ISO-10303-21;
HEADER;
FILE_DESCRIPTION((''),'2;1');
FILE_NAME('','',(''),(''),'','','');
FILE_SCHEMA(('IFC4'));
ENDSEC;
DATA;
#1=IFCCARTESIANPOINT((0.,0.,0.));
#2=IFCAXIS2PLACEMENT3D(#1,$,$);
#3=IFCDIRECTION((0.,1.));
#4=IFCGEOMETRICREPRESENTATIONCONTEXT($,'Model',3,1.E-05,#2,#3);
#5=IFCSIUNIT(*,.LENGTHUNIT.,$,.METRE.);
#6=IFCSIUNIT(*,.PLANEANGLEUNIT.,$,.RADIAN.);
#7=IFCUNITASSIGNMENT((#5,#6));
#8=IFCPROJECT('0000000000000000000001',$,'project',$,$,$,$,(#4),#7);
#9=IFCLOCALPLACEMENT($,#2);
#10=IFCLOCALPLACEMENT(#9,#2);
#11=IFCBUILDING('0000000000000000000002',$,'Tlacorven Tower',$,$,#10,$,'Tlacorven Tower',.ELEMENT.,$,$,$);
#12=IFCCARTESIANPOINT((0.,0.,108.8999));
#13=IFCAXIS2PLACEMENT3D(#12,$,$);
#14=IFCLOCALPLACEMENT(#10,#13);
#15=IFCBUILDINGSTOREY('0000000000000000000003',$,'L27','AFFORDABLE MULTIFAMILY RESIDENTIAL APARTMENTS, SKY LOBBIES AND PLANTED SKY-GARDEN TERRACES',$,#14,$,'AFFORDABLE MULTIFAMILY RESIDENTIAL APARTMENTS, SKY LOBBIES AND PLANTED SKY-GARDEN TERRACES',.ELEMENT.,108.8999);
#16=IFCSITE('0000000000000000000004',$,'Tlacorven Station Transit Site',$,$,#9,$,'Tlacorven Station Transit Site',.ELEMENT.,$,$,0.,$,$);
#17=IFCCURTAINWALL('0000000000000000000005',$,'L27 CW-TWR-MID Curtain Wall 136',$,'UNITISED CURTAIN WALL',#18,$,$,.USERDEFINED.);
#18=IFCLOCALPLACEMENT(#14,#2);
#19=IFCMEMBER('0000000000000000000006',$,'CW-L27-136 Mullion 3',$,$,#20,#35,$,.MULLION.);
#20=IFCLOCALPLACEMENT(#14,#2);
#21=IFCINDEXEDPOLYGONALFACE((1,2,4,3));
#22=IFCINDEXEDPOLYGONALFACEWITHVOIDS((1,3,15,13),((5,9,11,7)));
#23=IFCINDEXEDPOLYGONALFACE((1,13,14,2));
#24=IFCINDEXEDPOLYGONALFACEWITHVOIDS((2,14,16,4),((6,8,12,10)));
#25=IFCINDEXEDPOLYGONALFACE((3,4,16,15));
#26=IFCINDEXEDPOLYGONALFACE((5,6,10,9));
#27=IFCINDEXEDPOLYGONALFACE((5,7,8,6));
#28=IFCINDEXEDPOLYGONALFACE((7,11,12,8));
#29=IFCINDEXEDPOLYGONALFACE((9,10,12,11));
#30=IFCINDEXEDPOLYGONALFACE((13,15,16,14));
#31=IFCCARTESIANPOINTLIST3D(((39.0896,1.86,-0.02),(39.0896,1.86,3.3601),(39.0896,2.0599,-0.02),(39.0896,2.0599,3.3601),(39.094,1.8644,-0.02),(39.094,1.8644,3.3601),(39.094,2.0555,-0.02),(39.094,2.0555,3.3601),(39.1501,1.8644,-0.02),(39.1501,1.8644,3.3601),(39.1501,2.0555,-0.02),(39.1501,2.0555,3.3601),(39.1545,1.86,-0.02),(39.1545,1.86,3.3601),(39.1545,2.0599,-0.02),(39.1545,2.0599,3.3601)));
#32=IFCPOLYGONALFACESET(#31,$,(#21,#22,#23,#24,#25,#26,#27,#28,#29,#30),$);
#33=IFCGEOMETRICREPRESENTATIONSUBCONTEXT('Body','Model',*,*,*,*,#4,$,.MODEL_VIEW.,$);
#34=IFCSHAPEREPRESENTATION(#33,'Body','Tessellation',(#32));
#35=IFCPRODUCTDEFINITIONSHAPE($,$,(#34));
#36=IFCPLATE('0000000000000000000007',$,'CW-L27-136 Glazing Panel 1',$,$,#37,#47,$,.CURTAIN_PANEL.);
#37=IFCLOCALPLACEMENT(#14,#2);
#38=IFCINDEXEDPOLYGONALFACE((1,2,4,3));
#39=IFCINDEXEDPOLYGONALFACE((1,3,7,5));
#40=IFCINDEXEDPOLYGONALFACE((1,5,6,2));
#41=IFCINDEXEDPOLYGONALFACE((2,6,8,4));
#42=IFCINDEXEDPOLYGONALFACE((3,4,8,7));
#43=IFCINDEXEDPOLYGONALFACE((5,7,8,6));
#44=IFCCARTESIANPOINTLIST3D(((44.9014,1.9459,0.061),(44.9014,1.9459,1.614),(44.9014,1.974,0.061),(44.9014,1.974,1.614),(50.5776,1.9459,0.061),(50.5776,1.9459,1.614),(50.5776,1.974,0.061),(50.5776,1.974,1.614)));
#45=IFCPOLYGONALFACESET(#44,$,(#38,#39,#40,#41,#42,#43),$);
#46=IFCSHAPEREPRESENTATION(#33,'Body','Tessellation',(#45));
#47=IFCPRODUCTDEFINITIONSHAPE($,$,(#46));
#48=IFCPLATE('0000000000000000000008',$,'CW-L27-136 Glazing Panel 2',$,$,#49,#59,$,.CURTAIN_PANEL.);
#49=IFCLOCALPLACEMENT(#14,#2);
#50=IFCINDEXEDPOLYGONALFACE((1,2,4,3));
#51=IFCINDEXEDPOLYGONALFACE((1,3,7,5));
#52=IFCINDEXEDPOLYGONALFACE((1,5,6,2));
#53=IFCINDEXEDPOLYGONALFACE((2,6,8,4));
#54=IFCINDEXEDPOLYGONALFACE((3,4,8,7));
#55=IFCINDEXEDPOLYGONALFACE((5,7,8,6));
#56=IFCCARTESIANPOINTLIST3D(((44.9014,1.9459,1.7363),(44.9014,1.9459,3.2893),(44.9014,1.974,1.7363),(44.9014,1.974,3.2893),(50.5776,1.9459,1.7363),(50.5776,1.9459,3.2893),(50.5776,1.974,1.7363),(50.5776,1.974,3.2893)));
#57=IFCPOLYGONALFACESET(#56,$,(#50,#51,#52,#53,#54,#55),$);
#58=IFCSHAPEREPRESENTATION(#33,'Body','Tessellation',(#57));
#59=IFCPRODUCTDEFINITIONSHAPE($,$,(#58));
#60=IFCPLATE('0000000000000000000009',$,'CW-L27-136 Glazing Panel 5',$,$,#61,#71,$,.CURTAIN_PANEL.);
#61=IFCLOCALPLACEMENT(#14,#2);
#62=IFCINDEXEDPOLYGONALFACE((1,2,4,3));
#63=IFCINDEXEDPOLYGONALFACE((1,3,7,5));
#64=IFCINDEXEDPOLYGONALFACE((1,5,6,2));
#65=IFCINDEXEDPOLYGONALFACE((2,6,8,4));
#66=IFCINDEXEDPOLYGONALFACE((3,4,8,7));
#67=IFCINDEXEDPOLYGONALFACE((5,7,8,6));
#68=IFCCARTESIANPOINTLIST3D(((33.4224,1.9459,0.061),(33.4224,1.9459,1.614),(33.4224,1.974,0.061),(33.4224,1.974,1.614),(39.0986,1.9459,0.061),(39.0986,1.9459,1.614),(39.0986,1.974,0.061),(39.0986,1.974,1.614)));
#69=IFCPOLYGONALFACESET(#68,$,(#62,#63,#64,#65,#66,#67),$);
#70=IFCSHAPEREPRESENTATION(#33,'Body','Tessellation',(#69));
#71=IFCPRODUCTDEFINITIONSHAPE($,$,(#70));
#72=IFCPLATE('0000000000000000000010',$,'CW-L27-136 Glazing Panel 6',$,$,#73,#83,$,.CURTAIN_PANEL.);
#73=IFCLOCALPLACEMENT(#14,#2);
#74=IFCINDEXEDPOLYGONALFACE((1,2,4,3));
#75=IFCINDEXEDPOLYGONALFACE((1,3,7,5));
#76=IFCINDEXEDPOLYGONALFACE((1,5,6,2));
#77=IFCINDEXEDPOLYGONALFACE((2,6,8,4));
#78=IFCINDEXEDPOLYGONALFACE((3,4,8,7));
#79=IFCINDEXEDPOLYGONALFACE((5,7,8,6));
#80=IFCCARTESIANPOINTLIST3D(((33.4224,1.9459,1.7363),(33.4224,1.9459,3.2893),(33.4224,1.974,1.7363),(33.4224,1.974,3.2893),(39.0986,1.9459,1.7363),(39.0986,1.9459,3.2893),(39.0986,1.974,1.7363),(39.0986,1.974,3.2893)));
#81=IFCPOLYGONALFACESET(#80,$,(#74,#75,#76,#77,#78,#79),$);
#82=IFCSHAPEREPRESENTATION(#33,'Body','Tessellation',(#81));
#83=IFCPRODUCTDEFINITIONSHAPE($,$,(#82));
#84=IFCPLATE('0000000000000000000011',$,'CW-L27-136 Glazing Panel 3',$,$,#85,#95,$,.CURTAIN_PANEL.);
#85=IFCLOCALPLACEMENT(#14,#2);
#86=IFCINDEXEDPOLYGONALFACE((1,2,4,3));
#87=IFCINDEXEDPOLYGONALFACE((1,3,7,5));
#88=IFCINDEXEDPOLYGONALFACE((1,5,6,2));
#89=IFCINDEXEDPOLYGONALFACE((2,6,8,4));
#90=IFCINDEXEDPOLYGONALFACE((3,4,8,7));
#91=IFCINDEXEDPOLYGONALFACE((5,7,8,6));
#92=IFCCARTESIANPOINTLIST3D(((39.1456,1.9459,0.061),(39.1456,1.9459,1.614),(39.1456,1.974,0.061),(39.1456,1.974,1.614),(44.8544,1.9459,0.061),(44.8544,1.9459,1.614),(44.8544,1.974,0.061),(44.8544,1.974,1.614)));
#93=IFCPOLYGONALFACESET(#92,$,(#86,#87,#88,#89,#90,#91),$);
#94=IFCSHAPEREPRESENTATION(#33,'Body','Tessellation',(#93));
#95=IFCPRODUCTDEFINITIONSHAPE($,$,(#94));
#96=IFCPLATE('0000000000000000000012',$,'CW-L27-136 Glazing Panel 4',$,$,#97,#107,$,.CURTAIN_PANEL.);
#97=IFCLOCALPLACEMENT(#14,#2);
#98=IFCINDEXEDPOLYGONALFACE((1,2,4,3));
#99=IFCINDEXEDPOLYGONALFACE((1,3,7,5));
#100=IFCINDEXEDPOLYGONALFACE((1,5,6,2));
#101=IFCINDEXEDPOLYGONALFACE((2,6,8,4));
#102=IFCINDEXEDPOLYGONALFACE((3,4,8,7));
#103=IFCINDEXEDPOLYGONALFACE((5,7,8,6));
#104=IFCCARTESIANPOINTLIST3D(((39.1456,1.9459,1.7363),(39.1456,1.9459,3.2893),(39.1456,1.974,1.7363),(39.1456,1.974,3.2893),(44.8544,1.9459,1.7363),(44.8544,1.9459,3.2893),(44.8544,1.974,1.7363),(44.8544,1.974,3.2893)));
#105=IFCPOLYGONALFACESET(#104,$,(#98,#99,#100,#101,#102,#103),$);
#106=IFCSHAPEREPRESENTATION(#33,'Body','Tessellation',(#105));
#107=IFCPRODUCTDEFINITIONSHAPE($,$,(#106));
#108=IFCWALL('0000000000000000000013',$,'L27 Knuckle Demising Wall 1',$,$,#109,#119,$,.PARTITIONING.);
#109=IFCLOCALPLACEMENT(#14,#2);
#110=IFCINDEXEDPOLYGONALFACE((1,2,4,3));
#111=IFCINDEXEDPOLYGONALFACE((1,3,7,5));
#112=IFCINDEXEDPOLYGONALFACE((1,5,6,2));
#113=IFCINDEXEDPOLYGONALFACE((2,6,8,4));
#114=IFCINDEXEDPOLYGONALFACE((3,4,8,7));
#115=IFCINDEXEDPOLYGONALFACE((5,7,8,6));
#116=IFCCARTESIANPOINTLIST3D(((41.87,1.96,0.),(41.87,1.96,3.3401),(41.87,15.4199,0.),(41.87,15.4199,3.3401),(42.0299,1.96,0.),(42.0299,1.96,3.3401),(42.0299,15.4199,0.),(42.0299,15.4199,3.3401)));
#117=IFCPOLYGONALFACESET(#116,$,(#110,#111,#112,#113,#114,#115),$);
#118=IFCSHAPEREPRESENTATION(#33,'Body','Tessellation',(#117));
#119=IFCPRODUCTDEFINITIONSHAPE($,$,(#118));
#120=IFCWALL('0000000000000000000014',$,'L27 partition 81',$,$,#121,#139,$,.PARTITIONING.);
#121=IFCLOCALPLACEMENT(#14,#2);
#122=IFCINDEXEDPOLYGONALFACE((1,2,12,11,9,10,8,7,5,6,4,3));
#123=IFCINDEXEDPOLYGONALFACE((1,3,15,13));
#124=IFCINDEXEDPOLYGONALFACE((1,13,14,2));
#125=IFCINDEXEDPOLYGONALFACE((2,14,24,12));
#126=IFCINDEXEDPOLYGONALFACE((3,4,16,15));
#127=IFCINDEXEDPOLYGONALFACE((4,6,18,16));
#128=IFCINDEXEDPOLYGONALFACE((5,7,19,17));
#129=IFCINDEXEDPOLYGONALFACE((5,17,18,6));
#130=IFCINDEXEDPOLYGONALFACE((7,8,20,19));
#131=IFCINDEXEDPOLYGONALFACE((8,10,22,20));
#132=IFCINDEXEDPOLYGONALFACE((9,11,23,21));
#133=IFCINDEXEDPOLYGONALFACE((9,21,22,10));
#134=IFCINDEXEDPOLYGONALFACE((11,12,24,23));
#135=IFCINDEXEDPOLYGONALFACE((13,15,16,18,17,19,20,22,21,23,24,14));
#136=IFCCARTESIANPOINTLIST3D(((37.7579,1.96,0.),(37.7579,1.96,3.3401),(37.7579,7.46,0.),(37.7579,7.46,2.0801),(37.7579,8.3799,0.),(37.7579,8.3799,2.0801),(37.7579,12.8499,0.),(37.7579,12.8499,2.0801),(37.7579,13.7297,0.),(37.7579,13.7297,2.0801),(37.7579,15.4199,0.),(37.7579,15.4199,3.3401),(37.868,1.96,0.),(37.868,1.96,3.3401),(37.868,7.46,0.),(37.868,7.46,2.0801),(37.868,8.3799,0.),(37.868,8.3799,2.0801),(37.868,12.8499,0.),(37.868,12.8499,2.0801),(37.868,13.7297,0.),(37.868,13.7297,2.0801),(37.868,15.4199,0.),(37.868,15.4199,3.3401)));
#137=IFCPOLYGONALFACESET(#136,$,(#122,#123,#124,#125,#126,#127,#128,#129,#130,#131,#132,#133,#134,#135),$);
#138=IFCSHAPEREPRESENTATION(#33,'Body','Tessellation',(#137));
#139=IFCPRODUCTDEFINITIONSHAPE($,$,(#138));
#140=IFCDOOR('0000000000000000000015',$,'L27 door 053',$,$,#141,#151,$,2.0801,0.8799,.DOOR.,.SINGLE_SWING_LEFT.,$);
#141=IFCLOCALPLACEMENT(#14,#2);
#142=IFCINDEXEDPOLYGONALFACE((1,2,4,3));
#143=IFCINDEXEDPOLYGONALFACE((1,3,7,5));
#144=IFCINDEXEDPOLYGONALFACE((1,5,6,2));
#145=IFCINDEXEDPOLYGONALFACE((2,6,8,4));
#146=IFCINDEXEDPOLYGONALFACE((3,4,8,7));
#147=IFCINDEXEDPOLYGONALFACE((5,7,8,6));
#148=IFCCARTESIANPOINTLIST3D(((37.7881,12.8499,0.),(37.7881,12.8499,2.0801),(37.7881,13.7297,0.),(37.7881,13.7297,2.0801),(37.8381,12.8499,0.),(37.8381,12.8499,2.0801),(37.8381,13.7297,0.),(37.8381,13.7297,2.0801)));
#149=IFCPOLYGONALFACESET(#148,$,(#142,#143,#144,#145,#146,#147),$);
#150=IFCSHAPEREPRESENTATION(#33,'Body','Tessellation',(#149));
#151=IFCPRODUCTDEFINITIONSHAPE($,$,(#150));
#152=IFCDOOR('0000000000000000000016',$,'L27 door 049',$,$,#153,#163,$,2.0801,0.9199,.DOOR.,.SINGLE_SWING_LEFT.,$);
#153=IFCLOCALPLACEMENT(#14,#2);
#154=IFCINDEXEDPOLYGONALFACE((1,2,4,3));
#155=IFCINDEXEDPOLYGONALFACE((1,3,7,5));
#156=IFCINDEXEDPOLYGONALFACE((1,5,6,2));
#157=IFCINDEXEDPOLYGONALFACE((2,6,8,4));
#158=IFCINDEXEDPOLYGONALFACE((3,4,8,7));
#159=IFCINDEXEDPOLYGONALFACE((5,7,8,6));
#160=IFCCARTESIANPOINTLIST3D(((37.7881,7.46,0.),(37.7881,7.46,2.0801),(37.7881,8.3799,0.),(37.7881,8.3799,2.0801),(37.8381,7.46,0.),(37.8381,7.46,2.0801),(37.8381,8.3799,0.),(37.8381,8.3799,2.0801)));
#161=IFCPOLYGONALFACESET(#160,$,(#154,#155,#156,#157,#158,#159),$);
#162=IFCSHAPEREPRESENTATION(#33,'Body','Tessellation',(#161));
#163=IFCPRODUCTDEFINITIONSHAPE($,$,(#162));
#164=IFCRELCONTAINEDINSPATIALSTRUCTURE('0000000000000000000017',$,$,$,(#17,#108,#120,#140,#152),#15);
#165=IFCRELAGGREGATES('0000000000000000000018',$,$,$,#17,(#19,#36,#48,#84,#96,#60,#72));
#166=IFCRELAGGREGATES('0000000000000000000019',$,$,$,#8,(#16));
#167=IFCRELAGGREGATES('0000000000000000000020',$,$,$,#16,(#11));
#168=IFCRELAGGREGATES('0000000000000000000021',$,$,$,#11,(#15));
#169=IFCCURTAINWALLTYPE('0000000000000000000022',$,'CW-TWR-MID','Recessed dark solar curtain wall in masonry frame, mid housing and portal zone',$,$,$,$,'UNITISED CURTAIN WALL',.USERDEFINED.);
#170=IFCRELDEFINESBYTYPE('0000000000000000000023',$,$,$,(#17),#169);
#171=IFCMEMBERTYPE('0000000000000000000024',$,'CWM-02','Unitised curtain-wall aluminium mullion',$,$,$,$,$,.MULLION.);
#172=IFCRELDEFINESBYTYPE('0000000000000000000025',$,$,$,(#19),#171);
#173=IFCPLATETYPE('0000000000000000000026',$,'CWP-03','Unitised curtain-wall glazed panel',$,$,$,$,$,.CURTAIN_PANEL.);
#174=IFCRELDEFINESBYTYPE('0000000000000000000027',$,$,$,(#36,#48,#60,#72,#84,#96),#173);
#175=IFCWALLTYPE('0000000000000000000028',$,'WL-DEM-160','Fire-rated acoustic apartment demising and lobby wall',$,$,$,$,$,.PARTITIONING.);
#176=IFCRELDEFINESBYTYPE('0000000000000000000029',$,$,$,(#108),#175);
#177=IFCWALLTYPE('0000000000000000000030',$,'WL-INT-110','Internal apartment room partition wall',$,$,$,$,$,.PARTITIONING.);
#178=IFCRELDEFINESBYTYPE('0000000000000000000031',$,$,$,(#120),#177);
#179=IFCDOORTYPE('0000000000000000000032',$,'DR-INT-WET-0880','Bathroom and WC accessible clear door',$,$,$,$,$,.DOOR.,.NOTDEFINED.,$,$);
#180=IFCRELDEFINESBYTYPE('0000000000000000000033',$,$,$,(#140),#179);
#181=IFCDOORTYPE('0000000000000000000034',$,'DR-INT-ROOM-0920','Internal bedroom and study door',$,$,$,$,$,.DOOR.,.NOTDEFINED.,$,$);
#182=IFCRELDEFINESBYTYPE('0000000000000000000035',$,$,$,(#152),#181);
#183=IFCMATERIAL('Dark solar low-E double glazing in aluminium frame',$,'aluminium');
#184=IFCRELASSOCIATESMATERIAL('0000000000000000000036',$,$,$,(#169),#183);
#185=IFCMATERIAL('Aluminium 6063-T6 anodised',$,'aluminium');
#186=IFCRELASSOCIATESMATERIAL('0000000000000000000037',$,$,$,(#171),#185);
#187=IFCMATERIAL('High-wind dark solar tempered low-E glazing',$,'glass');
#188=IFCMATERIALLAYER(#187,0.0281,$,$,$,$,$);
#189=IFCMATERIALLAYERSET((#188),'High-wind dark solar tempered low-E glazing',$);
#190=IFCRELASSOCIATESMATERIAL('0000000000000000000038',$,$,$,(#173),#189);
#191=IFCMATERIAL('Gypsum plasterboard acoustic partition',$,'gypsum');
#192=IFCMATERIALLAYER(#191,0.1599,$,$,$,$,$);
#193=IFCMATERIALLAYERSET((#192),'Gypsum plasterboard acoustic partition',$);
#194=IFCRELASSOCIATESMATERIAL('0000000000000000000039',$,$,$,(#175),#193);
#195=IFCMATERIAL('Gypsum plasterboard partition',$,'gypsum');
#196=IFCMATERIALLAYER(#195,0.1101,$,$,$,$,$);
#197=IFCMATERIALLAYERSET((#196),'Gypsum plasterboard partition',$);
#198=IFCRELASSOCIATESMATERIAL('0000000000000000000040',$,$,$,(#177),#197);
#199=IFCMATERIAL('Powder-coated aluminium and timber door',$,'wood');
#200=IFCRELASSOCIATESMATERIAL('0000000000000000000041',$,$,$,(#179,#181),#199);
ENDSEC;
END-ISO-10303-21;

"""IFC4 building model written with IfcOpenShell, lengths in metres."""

from ifc_helpers import new_model, si_unit, direction, frame, frame_2d, origin, origin_2d, place, context, subcontext, project, spatial, rectangle, hollow_rectangle, extrude, source, transform, mapped, material, layer, layer_set, material_profile, profile_set, type_object, element, fill, aggregate, save


model = new_model("IFC4")

# Units and contexts
model_context = context("Model", 3, precision=1e-05, world=origin(), true_north=direction((0.0, 1.0)))
body_context = subcontext(model_context, "Body", "Model", "MODEL_VIEW")
ifc_project = project(units=[si_unit("LENGTHUNIT", "METRE"), si_unit("PLANEANGLEUNIT", "RADIAN")], contexts=[model_context])

# Site, building, storey
site_placement = place(None, origin())
site = spatial("IfcSite", under=ifc_project, at=site_placement, Name="Tlacorven Station Transit Site", LongName="Tlacorven Station Transit Site", CompositionType="ELEMENT", RefElevation=0.0)
building_placement = place(site_placement, origin())
building = spatial("IfcBuilding", under=site, at=building_placement, Name="Tlacorven Tower", LongName="Tlacorven Tower", CompositionType="ELEMENT")
storey_placement = place(building_placement, frame((0.0, 0.0, 108.8999)))
storey = spatial("IfcBuildingStorey", under=building, at=storey_placement, Name="L27", Description="AFFORDABLE MULTIFAMILY RESIDENTIAL APARTMENTS, SKY LOBBIES AND PLANTED SKY-GARDEN TERRACES", LongName="AFFORDABLE MULTIFAMILY RESIDENTIAL APARTMENTS, SKY LOBBIES AND PLANTED SKY-GARDEN TERRACES", CompositionType="ELEMENT", Elevation=108.8999)

# Curtain wall, member, plates
ifc_material_1 = material(Name="Dark solar low-E double glazing in aluminium frame", Category="aluminium")
curtain_wall_type = type_object("IfcCurtainWallType", Name="CW-TWR-MID", Description="Recessed dark solar curtain wall in masonry frame, mid housing and portal zone", ElementType="UNITISED CURTAIN WALL", PredefinedType="USERDEFINED", material=ifc_material_1)
curtain_wall_placement = place(storey_placement, origin())
curtain_wall = element("IfcCurtainWall", 1, at=curtain_wall_placement, inside=storey, type_object=curtain_wall_type, Name="L27 CW-TWR-MID Curtain Wall 136", ObjectType="UNITISED CURTAIN WALL", PredefinedType="USERDEFINED")
ifc_material_2 = material(Name="Aluminium 6063-T6 anodised", Category="aluminium")
ifc_material_profile_1 = material_profile(ifc_material_2, hollow_rectangle(XDim=0.0649, YDim=0.2, WallThickness=0.0044, at=origin_2d()), Name="ALU MULLION 65X200")
ifc_profile_set_1 = profile_set([ifc_material_profile_1], Name="Aluminium 6063-T6 anodised")
member_type_1 = type_object("IfcMemberType", Name="CWM-02", Description="Unitised curtain-wall aluminium mullion", PredefinedType="MULLION", material=ifc_profile_set_1)
shared_shape_1 = source(origin(), body_context, "Body", "SweptSolid", [
    extrude(hollow_rectangle(XDim=0.0649, YDim=0.2, WallThickness=0.0044, at=origin_2d()), origin(), (0.0, 0.0, 1.0), 3.3801),
])
member_1_placement = place(storey_placement, frame((39.1221, 1.96, -0.02), z_axis=(0.0, 0.0, 1.0), x_axis=(-1.0, 0.0, 0.0)))
member_1 = element("IfcMember", 2, at=member_1_placement, type_object=member_type_1, Name="CW-L27-136 Mullion 3", PredefinedType="MULLION", context=body_context, shape_type="MappedRepresentation", body=[
    mapped(shared_shape_1, transform((0.0, 0.0, 0.0), scale=1.0)),
])
ifc_material_3 = material(Name="High-wind dark solar tempered low-E glazing", Category="glass")
ifc_layer_1 = layer(ifc_material_3, 0.0281)
ifc_layer_set_1 = layer_set([ifc_layer_1], Name="High-wind dark solar tempered low-E glazing")
plate_type = type_object("IfcPlateType", Name="CWP-03", Description="Unitised curtain-wall glazed panel", PredefinedType="CURTAIN_PANEL", material=ifc_layer_set_1)
shared_shape_2 = source(origin(), body_context, "Body", "SweptSolid", [
    extrude(rectangle(XDim=5.6763, YDim=0.0281, at=origin_2d()), origin(), (0.0, 0.0, 1.0), 1.553),
])
plate_1_placement = place(storey_placement, frame((47.7395, 1.96, 0.061), z_axis=(0.0, 0.0, 1.0), x_axis=(-1.0, 0.0, 0.0)))
plate_1 = element("IfcPlate", 3, at=plate_1_placement, type_object=plate_type, Name="CW-L27-136 Glazing Panel 1", PredefinedType="CURTAIN_PANEL", context=body_context, shape_type="MappedRepresentation", body=[
    mapped(shared_shape_2, transform((0.0, 0.0, 0.0), scale=1.0)),
])
plate_2_placement = place(storey_placement, frame((47.7395, 1.96, 1.7363), z_axis=(0.0, 0.0, 1.0), x_axis=(-1.0, 0.0, 0.0)))
plate_2 = element("IfcPlate", 4, at=plate_2_placement, type_object=plate_type, Name="CW-L27-136 Glazing Panel 2", PredefinedType="CURTAIN_PANEL", context=body_context, shape_type="MappedRepresentation", body=[
    mapped(shared_shape_2, transform((0.0, 0.0, 0.0), scale=1.0)),
])
plate_3_placement = place(storey_placement, frame((36.2605, 1.96, 0.061), z_axis=(0.0, 0.0, 1.0), x_axis=(-1.0, 0.0, 0.0)))
plate_3 = element("IfcPlate", 5, at=plate_3_placement, type_object=plate_type, Name="CW-L27-136 Glazing Panel 5", PredefinedType="CURTAIN_PANEL", context=body_context, shape_type="MappedRepresentation", body=[
    mapped(shared_shape_2, transform((0.0, 0.0, 0.0), scale=1.0)),
])
plate_4_placement = place(storey_placement, frame((36.2605, 1.96, 1.7363), z_axis=(0.0, 0.0, 1.0), x_axis=(-1.0, 0.0, 0.0)))
plate_4 = element("IfcPlate", 6, at=plate_4_placement, type_object=plate_type, Name="CW-L27-136 Glazing Panel 6", PredefinedType="CURTAIN_PANEL", context=body_context, shape_type="MappedRepresentation", body=[
    mapped(shared_shape_2, transform((0.0, 0.0, 0.0), scale=1.0)),
])
shared_shape_3 = source(origin(), body_context, "Body", "SweptSolid", [
    extrude(rectangle(XDim=5.7087, YDim=0.0281, at=origin_2d()), origin(), (0.0, 0.0, 1.0), 1.553),
])
plate_5_placement = place(storey_placement, frame((42.0, 1.96, 0.061), z_axis=(0.0, 0.0, 1.0), x_axis=(-1.0, 0.0, 0.0)))
plate_5 = element("IfcPlate", 7, at=plate_5_placement, type_object=plate_type, Name="CW-L27-136 Glazing Panel 3", PredefinedType="CURTAIN_PANEL", context=body_context, shape_type="MappedRepresentation", body=[
    mapped(shared_shape_3, transform((0.0, 0.0, 0.0), scale=1.0)),
])
plate_6_placement = place(storey_placement, frame((42.0, 1.96, 1.7363), z_axis=(0.0, 0.0, 1.0), x_axis=(-1.0, 0.0, 0.0)))
plate_6 = element("IfcPlate", 8, at=plate_6_placement, type_object=plate_type, Name="CW-L27-136 Glazing Panel 4", PredefinedType="CURTAIN_PANEL", context=body_context, shape_type="MappedRepresentation", body=[
    mapped(shared_shape_3, transform((0.0, 0.0, 0.0), scale=1.0)),
])
aggregate(curtain_wall, [member_1, plate_1, plate_2, plate_5, plate_6, plate_3, plate_4])

# Wall
ifc_material_4 = material(Name="Gypsum plasterboard acoustic partition", Category="gypsum")
ifc_layer_2 = layer(ifc_material_4, 0.1599)
ifc_layer_set_2 = layer_set([ifc_layer_2], Name="Gypsum plasterboard acoustic partition")
wall_type_1 = type_object("IfcWallType", Name="WL-DEM-160", Description="Fire-rated acoustic apartment demising and lobby wall", PredefinedType="PARTITIONING", material=ifc_layer_set_2)
wall_1_placement = place(storey_placement, frame((41.95, 1.96, 0.0), z_axis=(0.0, 0.0, 1.0), x_axis=(0.0, 1.0, 0.0)))
element("IfcWall", 9, at=wall_1_placement, inside=storey, type_object=wall_type_1, Name="L27 Knuckle Demising Wall 1", PredefinedType="PARTITIONING", context=body_context, shape_type="SweptSolid", body=[
    extrude(rectangle(XDim=13.46, YDim=0.1599, at=frame_2d((6.73, 0.0))), origin(), (0.0, 0.0, 1.0), 3.3401),
])

# Wall, openings, doors
ifc_material_5 = material(Name="Gypsum plasterboard partition", Category="gypsum")
ifc_layer_3 = layer(ifc_material_5, 0.1101)
ifc_layer_set_3 = layer_set([ifc_layer_3], Name="Gypsum plasterboard partition")
wall_type_2 = type_object("IfcWallType", Name="WL-INT-110", Description="Internal apartment room partition wall", PredefinedType="PARTITIONING", material=ifc_layer_set_3)
wall_2_placement = place(storey_placement, frame((37.813, 1.96, 0.0), z_axis=(0.0, 0.0, 1.0), x_axis=(0.0, 1.0, 0.0)))
wall_2 = element("IfcWall", 10, at=wall_2_placement, inside=storey, type_object=wall_type_2, Name="L27 partition 81", PredefinedType="PARTITIONING", context=body_context, shape_type="SweptSolid", body=[
    extrude(rectangle(XDim=13.46, YDim=0.1101, at=frame_2d((6.73, 0.0))), origin(), (0.0, 0.0, 1.0), 3.3401),
])
opening_1_placement = place(wall_2_placement, frame((5.5, 0.0, 0.0)))
opening_1 = element("IfcOpeningElement", 11, at=opening_1_placement, cuts=wall_2, PredefinedType="OPENING", context=body_context, shape_type="SweptSolid", body=[
    extrude(rectangle(XDim=0.9199, YDim=2.0801, at=frame_2d((0.46, 1.04))), frame((0.0, 0.0649, 0.0), z_axis=(0.0, -1.0, 0.0), x_axis=(1.0, 0.0, 0.0)), (0.0, 0.0, 1.0), 0.1301),
])
opening_2_placement = place(wall_2_placement, frame((10.8899, 0.0, 0.0)))
opening_2 = element("IfcOpeningElement", 12, at=opening_2_placement, cuts=wall_2, PredefinedType="OPENING", context=body_context, shape_type="SweptSolid", body=[
    extrude(rectangle(XDim=0.8799, YDim=2.0801, at=frame_2d((0.4399, 1.04))), frame((0.0, 0.0649, 0.0), z_axis=(0.0, -1.0, 0.0), x_axis=(1.0, 0.0, 0.0)), (0.0, 0.0, 1.0), 0.1301),
])
ifc_material_6 = material(Name="Powder-coated aluminium and timber door", Category="wood")
door_type_1 = type_object("IfcDoorType", Name="DR-INT-WET-0880", Description="Bathroom and WC accessible clear door", OperationType="NOTDEFINED", PredefinedType="DOOR", material=ifc_material_6)
shared_shape_4 = source(origin(), body_context, "Body", "SweptSolid", [
    extrude(rectangle(XDim=0.8799, YDim=2.0801, at=frame_2d((0.4399, 1.04))), frame((0.0, 0.0249, 0.0), z_axis=(0.0, -1.0, 0.0), x_axis=(1.0, 0.0, 0.0)), (0.0, 0.0, 1.0), 0.05),
])
door_1_placement = place(opening_2_placement, origin())
door_1 = element("IfcDoor", 13, at=door_1_placement, inside=storey, type_object=door_type_1, Name="L27 door 053", OperationType="SINGLE_SWING_LEFT", OverallHeight=2.0801, OverallWidth=0.8799, PredefinedType="DOOR", context=body_context, shape_type="MappedRepresentation", body=[
    mapped(shared_shape_4, transform((0.0, 0.0, 0.0), scale=1.0)),
])
fill(opening_2, door_1)
door_type_2 = type_object("IfcDoorType", Name="DR-INT-ROOM-0920", Description="Internal bedroom and study door", OperationType="NOTDEFINED", PredefinedType="DOOR", material=ifc_material_6)
shared_shape_5 = source(origin(), body_context, "Body", "SweptSolid", [
    extrude(rectangle(XDim=0.9199, YDim=2.0801, at=frame_2d((0.46, 1.04))), frame((0.0, 0.0249, 0.0), z_axis=(0.0, -1.0, 0.0), x_axis=(1.0, 0.0, 0.0)), (0.0, 0.0, 1.0), 0.05),
])
door_2_placement = place(opening_1_placement, origin())
door_2 = element("IfcDoor", 14, at=door_2_placement, inside=storey, type_object=door_type_2, Name="L27 door 049", OperationType="SINGLE_SWING_LEFT", OverallHeight=2.0801, OverallWidth=0.9199, PredefinedType="DOOR", context=body_context, shape_type="MappedRepresentation", body=[
    mapped(shared_shape_5, transform((0.0, 0.0, 0.0), scale=1.0)),
])
fill(opening_1, door_2)

save(model, "model.ifc")
